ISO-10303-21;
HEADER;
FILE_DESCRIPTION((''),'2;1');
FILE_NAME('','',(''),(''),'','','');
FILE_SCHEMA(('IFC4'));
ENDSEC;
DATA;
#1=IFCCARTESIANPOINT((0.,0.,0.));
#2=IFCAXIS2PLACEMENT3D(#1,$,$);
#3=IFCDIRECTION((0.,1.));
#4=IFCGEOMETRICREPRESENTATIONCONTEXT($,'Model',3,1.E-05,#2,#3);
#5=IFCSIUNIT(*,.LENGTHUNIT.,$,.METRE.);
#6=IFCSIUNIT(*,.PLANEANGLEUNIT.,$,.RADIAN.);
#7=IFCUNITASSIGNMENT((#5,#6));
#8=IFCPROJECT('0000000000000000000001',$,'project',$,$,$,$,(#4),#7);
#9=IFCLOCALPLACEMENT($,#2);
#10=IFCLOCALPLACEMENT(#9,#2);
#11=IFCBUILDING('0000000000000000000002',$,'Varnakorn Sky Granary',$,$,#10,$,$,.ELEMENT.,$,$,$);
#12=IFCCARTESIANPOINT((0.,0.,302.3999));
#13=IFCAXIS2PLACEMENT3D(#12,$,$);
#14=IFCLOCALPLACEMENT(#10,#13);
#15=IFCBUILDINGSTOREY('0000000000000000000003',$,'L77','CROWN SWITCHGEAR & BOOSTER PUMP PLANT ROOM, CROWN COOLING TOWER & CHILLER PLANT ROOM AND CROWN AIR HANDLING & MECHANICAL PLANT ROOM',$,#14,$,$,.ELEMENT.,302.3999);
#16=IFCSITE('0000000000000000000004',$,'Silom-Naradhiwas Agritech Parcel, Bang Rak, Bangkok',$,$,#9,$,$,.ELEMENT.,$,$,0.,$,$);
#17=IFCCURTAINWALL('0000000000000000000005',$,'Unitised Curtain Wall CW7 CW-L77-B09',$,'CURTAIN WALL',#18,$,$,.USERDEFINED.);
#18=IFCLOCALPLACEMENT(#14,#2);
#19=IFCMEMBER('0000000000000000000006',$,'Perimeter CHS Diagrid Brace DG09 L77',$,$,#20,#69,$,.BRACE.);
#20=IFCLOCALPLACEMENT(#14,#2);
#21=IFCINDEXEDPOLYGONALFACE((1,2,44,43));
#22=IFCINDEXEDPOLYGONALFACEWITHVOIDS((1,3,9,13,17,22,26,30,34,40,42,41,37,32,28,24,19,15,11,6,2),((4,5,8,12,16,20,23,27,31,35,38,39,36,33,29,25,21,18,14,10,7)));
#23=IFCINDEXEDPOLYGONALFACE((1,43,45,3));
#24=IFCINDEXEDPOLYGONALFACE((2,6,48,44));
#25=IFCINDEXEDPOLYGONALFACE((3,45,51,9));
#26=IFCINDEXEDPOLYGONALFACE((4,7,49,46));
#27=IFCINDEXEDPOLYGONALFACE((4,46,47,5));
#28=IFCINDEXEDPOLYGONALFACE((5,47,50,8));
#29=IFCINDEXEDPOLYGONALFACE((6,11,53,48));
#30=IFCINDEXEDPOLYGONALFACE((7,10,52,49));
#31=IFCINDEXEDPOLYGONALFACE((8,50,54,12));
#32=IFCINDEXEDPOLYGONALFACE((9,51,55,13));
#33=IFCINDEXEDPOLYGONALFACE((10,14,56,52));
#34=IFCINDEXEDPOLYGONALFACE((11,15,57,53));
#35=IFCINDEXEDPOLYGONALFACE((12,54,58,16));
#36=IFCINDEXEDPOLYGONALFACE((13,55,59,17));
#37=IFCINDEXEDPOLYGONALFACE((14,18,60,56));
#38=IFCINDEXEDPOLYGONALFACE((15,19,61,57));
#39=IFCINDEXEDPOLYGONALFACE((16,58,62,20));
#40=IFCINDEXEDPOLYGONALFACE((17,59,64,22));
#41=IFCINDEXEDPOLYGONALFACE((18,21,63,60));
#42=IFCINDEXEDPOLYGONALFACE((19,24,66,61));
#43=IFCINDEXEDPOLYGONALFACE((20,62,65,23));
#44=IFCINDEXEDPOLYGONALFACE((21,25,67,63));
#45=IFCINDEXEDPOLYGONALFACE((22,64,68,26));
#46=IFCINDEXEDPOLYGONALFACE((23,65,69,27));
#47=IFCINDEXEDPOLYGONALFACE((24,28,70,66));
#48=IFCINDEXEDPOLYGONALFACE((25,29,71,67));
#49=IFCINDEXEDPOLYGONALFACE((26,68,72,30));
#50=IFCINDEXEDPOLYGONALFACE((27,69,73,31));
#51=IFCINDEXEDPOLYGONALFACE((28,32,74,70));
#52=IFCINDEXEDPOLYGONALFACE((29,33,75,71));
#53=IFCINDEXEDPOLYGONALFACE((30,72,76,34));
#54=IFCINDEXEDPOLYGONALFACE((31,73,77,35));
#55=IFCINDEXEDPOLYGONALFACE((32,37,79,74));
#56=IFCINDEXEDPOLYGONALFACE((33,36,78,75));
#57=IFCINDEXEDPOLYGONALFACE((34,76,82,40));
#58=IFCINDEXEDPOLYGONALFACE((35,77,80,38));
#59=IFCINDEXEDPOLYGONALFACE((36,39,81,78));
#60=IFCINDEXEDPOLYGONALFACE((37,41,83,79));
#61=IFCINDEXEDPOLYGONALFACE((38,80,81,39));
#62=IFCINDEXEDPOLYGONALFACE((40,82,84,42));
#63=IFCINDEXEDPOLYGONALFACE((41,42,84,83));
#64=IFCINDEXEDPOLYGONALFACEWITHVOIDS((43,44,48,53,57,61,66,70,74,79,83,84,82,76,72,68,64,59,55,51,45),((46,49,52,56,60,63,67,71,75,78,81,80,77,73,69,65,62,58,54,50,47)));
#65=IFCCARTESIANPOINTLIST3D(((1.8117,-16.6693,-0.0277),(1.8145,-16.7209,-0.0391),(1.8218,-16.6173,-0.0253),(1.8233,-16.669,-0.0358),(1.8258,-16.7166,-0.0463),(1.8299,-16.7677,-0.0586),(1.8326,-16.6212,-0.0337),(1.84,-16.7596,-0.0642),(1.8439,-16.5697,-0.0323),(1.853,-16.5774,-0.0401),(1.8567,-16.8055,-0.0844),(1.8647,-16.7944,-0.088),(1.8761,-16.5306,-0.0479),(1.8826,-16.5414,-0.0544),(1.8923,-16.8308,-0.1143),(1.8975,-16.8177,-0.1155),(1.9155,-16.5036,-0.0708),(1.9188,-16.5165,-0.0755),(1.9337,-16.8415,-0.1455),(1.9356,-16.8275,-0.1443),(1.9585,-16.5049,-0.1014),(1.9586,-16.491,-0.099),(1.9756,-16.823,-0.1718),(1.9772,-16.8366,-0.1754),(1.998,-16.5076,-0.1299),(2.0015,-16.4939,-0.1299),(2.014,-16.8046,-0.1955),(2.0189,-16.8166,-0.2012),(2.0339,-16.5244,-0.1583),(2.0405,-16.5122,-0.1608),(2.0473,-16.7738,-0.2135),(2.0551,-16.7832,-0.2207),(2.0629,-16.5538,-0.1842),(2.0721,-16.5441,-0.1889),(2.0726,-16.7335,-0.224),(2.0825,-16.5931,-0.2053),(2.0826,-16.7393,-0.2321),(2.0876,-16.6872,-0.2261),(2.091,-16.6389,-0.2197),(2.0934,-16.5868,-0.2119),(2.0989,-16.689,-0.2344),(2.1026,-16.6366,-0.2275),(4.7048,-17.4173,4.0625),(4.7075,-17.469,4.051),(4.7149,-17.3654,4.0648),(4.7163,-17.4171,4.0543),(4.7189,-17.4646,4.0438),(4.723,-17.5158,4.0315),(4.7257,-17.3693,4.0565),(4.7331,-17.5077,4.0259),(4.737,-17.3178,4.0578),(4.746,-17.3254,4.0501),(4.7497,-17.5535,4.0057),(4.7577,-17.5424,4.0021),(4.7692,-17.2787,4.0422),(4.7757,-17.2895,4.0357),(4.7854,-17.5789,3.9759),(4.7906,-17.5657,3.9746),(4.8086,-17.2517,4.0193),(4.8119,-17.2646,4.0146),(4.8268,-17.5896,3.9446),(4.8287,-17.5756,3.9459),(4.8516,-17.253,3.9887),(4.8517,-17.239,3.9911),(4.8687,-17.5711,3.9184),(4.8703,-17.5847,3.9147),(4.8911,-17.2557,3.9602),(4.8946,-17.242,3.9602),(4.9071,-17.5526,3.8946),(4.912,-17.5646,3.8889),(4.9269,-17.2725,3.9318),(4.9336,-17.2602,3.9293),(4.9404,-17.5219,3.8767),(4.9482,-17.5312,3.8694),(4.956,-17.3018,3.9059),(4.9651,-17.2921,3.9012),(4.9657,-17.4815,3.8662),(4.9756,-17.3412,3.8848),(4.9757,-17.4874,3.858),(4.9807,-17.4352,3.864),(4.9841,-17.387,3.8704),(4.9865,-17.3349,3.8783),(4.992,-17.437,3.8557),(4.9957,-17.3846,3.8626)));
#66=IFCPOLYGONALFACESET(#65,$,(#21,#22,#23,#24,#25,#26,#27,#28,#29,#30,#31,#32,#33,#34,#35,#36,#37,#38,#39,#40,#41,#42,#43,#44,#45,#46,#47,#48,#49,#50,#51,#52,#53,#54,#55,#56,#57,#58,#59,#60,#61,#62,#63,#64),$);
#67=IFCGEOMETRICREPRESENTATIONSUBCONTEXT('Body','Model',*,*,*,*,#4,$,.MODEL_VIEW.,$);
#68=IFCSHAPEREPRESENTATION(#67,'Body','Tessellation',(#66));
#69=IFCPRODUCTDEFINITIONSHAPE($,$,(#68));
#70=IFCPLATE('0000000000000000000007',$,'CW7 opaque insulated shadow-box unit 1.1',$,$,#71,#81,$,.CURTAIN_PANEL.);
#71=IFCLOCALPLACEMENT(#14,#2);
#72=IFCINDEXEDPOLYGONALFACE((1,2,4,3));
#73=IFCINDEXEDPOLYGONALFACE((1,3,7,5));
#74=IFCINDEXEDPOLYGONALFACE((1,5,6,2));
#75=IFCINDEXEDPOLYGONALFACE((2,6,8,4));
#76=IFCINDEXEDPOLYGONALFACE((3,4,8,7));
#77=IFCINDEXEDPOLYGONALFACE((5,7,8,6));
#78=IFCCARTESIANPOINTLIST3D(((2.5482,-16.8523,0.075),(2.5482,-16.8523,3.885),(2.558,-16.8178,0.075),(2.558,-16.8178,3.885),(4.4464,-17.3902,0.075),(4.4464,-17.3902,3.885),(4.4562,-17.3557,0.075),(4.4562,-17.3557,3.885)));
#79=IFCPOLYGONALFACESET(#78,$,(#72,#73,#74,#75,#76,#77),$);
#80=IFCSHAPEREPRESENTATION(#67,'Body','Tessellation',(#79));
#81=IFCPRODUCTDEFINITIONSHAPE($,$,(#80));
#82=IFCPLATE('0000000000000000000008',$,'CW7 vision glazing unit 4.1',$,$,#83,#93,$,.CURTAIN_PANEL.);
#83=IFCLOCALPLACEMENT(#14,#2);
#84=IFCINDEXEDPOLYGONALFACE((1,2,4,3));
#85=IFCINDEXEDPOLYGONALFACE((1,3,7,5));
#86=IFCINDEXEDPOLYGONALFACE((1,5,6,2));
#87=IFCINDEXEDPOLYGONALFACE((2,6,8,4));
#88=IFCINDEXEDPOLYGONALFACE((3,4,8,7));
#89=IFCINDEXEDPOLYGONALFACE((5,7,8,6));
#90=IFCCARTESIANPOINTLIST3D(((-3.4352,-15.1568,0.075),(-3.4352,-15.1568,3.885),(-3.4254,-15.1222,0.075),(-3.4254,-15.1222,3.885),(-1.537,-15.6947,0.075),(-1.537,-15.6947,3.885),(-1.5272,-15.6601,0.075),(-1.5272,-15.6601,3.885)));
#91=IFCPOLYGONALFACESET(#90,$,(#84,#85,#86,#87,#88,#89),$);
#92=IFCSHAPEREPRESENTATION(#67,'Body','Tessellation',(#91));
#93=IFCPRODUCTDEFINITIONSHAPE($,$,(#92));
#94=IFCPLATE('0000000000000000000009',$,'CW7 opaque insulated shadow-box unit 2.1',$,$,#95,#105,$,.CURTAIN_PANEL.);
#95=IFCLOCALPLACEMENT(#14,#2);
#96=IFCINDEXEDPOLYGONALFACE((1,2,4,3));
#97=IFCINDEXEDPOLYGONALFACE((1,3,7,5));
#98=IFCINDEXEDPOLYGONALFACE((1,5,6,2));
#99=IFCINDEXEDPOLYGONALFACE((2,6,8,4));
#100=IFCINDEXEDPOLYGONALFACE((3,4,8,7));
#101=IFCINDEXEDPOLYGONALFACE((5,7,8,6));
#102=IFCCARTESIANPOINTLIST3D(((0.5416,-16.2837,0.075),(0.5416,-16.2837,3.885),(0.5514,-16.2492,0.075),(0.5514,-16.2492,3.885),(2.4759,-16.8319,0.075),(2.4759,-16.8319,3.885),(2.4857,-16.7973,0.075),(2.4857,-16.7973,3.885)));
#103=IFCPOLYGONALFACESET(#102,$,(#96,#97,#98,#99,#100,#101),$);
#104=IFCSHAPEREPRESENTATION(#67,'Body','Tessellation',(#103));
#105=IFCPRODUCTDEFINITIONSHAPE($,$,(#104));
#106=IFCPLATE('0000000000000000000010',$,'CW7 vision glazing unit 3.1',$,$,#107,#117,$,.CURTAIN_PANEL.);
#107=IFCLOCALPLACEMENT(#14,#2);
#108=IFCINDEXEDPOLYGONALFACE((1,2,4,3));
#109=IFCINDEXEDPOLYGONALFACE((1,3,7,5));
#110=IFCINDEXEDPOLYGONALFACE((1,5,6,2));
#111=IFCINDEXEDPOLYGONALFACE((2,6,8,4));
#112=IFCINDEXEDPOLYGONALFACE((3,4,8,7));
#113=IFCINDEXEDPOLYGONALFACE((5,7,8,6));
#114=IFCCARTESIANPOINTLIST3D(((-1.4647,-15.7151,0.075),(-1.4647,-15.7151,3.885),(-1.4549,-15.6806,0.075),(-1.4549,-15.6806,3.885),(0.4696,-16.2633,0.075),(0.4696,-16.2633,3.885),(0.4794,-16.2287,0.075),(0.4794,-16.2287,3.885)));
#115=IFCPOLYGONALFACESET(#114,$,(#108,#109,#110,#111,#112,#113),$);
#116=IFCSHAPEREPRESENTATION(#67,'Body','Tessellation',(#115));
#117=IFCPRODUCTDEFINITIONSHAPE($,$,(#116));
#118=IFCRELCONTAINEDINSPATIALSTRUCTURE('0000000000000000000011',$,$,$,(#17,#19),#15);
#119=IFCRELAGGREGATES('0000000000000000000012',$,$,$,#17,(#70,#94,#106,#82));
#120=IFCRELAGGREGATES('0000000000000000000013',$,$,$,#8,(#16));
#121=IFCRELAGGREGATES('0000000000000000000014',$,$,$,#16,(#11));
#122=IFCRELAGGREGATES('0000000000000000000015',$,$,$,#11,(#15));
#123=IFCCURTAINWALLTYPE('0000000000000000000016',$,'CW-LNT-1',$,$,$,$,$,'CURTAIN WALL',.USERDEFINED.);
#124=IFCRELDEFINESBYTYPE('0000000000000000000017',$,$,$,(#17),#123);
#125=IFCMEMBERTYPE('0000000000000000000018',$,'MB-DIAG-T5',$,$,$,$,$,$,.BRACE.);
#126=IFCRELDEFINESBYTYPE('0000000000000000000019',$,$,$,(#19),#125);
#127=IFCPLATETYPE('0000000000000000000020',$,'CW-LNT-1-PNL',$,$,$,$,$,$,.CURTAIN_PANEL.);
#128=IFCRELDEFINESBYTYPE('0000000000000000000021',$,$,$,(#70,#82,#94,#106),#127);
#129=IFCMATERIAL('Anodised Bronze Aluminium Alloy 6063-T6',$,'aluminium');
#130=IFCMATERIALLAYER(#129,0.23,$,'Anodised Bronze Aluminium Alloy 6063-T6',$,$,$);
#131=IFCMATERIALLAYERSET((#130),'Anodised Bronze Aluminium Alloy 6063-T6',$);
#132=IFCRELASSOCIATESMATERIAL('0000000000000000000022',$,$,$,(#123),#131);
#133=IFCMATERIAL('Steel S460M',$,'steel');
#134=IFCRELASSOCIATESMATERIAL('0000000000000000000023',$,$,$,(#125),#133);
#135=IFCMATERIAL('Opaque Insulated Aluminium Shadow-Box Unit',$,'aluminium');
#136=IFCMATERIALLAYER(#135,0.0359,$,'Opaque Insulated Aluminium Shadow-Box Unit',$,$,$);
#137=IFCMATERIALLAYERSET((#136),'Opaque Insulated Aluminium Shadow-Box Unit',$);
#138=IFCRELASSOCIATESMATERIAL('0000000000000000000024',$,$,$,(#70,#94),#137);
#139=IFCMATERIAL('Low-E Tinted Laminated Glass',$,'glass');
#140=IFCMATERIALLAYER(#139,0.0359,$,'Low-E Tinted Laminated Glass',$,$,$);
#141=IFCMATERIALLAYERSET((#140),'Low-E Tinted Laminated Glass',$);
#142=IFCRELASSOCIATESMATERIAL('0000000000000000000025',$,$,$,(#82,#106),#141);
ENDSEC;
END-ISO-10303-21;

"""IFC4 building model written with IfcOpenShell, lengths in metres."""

from ifc_helpers import new_model, si_unit, direction, frame, origin, origin_2d, place, context, subcontext, project, spatial, rectangle, hollow_circle, extrude, source, transform, mapped, material, layer, layer_set, material_profile, profile_set, type_object, type_shapes, element, aggregate, save


model = new_model("IFC4")

# Units and contexts
model_context = context("Model", 3, precision=1e-05, world=origin(), true_north=direction((0.0, 1.0)))
body_context = subcontext(model_context, "Body", "Model", "MODEL_VIEW")
ifc_project = project(units=[si_unit("LENGTHUNIT", "METRE"), si_unit("PLANEANGLEUNIT", "RADIAN")], contexts=[model_context])

# Site, building, storey
site_placement = place(None, origin())
site = spatial("IfcSite", under=ifc_project, at=site_placement, Name="Silom-Naradhiwas Agritech Parcel, Bang Rak, Bangkok", CompositionType="ELEMENT", RefElevation=0.0)
building_placement = place(site_placement, origin())
building = spatial("IfcBuilding", under=site, at=building_placement, Name="Varnakorn Sky Granary", CompositionType="ELEMENT")
storey_placement = place(building_placement, frame((0.0, 0.0, 302.3999)))
storey = spatial("IfcBuildingStorey", under=building, at=storey_placement, Name="L77", Description="CROWN SWITCHGEAR & BOOSTER PUMP PLANT ROOM, CROWN COOLING TOWER & CHILLER PLANT ROOM AND CROWN AIR HANDLING & MECHANICAL PLANT ROOM", CompositionType="ELEMENT", Elevation=302.3999)

# Shared definitions
ifc_material_1 = material(Name="Steel S460M", Category="steel")

# Curtain wall
ifc_material_2 = material(Name="Anodised Bronze Aluminium Alloy 6063-T6", Category="aluminium")
ifc_layer_1 = layer(ifc_material_2, 0.23, Name="Anodised Bronze Aluminium Alloy 6063-T6")
ifc_layer_set_1 = layer_set([ifc_layer_1], Name="Anodised Bronze Aluminium Alloy 6063-T6")
curtain_wall_type = type_object("IfcCurtainWallType", Name="CW-LNT-1", ElementType="CURTAIN WALL", PredefinedType="USERDEFINED", material=ifc_layer_set_1)
curtain_wall_1_placement = place(storey_placement, origin())
curtain_wall_1 = element("IfcCurtainWall", 1, at=curtain_wall_1_placement, inside=storey, type_object=curtain_wall_type, Name="Unitised Curtain Wall CW7 CW-L77-B09", ObjectType="CURTAIN WALL", PredefinedType="USERDEFINED")

# Member
ifc_material_profile_1 = material_profile(ifc_material_1, hollow_circle(Radius=0.1777, WallThickness=0.0142, at=origin_2d()), Name="CHS 355.6x14")
ifc_profile_set_1 = profile_set([ifc_material_profile_1], Name="Steel S460M")
member_type_1 = type_object("IfcMemberType", Name="MB-DIAG-T5", PredefinedType="BRACE", material=ifc_profile_set_1)
member_1_placement = place(storey_placement, frame((1.957, -16.666, -0.1299), z_axis=(0.571143, -0.147678, 0.807457), x_axis=(0.250333, 0.96816, 0.0)))
element("IfcMember", 2, at=member_1_placement, inside=storey, type_object=member_type_1, Name="Perimeter CHS Diagrid Brace DG09 L77", PredefinedType="BRACE", context=body_context, shape_type="SweptSolid", body=[
    extrude(hollow_circle(Radius=0.1777, WallThickness=0.0142, at=origin_2d()), origin(), (0.0, 0.0, 1.0), 5.0654),
])

# Plates
ifc_material_3 = material(Name="Opaque Insulated Aluminium Shadow-Box Unit", Category="aluminium")
ifc_layer_2 = layer(ifc_material_3, 0.0359, Name="Opaque Insulated Aluminium Shadow-Box Unit")
ifc_layer_set_2 = layer_set([ifc_layer_2], Name="Opaque Insulated Aluminium Shadow-Box Unit")
plate_type = type_object("IfcPlateType", Name="CW-LNT-1-PNL", PredefinedType="CURTAIN_PANEL")
shared_shape_1 = source(origin(), body_context, "Body", "SweptSolid", [
    extrude(rectangle(XDim=1.9729, YDim=0.0359, at=origin_2d()), origin(), (0.0, 0.0, 1.0), 3.8101),
])
plate_1_placement = place(storey_placement, frame((3.5022, -17.104, 0.075), z_axis=(0.0, 0.0, 1.0), x_axis=(-0.962113, 0.27265, 0.0)))
plate_1 = element("IfcPlate", 3, at=plate_1_placement, type_object=plate_type, material=ifc_layer_set_2, Name="CW7 opaque insulated shadow-box unit 1.1", PredefinedType="CURTAIN_PANEL", context=body_context, shape_type="MappedRepresentation", body=[
    mapped(shared_shape_1, transform((0.0, 0.0, 0.0), x_axis=(1.0, 0.0, 0.0), y_axis=(0.0, 1.0, 0.0), z_axis=(0.0, 0.0, 1.0), scale=1.0)),
])
ifc_material_4 = material(Name="Low-E Tinted Laminated Glass", Category="glass")
ifc_layer_3 = layer(ifc_material_4, 0.0359, Name="Low-E Tinted Laminated Glass")
ifc_layer_set_3 = layer_set([ifc_layer_3], Name="Low-E Tinted Laminated Glass")
plate_2_placement = place(storey_placement, frame((-2.4812, -15.4084, 0.075), z_axis=(0.0, 0.0, 1.0), x_axis=(-0.962113, 0.27265, 0.0)))
plate_2 = element("IfcPlate", 4, at=plate_2_placement, type_object=plate_type, material=ifc_layer_set_3, Name="CW7 vision glazing unit 4.1", PredefinedType="CURTAIN_PANEL", context=body_context, shape_type="MappedRepresentation", body=[
    mapped(shared_shape_1, transform((0.0, 0.0, 0.0), x_axis=(1.0, 0.0, 0.0), y_axis=(0.0, 1.0, 0.0), z_axis=(0.0, 0.0, 1.0), scale=1.0)),
])
shared_shape_2 = source(origin(), body_context, "Body", "SweptSolid", [
    extrude(rectangle(XDim=2.0105, YDim=0.0359, at=origin_2d()), origin(), (0.0, 0.0, 1.0), 3.8101),
])
type_shapes(plate_type, [shared_shape_1, shared_shape_2])
plate_3_placement = place(storey_placement, frame((1.5137, -16.5405, 0.075), z_axis=(0.0, 0.0, 1.0), x_axis=(-0.962113, 0.27265, 0.0)))
plate_3 = element("IfcPlate", 5, at=plate_3_placement, type_object=plate_type, material=ifc_layer_set_2, Name="CW7 opaque insulated shadow-box unit 2.1", PredefinedType="CURTAIN_PANEL", context=body_context, shape_type="MappedRepresentation", body=[
    mapped(shared_shape_2, transform((0.0, 0.0, 0.0), x_axis=(1.0, 0.0, 0.0), y_axis=(0.0, 1.0, 0.0), z_axis=(0.0, 0.0, 1.0), scale=1.0)),
])
plate_4_placement = place(storey_placement, frame((-0.4927, -15.9719, 0.075), z_axis=(0.0, 0.0, 1.0), x_axis=(-0.962113, 0.27265, 0.0)))
plate_4 = element("IfcPlate", 6, at=plate_4_placement, type_object=plate_type, material=ifc_layer_set_3, Name="CW7 vision glazing unit 3.1", PredefinedType="CURTAIN_PANEL", context=body_context, shape_type="MappedRepresentation", body=[
    mapped(shared_shape_2, transform((0.0, 0.0, 0.0), x_axis=(1.0, 0.0, 0.0), y_axis=(0.0, 1.0, 0.0), z_axis=(0.0, 0.0, 1.0), scale=1.0)),
])
aggregate(curtain_wall_1, [plate_1, plate_3, plate_4, plate_2])

save(model, "model.ifc")
